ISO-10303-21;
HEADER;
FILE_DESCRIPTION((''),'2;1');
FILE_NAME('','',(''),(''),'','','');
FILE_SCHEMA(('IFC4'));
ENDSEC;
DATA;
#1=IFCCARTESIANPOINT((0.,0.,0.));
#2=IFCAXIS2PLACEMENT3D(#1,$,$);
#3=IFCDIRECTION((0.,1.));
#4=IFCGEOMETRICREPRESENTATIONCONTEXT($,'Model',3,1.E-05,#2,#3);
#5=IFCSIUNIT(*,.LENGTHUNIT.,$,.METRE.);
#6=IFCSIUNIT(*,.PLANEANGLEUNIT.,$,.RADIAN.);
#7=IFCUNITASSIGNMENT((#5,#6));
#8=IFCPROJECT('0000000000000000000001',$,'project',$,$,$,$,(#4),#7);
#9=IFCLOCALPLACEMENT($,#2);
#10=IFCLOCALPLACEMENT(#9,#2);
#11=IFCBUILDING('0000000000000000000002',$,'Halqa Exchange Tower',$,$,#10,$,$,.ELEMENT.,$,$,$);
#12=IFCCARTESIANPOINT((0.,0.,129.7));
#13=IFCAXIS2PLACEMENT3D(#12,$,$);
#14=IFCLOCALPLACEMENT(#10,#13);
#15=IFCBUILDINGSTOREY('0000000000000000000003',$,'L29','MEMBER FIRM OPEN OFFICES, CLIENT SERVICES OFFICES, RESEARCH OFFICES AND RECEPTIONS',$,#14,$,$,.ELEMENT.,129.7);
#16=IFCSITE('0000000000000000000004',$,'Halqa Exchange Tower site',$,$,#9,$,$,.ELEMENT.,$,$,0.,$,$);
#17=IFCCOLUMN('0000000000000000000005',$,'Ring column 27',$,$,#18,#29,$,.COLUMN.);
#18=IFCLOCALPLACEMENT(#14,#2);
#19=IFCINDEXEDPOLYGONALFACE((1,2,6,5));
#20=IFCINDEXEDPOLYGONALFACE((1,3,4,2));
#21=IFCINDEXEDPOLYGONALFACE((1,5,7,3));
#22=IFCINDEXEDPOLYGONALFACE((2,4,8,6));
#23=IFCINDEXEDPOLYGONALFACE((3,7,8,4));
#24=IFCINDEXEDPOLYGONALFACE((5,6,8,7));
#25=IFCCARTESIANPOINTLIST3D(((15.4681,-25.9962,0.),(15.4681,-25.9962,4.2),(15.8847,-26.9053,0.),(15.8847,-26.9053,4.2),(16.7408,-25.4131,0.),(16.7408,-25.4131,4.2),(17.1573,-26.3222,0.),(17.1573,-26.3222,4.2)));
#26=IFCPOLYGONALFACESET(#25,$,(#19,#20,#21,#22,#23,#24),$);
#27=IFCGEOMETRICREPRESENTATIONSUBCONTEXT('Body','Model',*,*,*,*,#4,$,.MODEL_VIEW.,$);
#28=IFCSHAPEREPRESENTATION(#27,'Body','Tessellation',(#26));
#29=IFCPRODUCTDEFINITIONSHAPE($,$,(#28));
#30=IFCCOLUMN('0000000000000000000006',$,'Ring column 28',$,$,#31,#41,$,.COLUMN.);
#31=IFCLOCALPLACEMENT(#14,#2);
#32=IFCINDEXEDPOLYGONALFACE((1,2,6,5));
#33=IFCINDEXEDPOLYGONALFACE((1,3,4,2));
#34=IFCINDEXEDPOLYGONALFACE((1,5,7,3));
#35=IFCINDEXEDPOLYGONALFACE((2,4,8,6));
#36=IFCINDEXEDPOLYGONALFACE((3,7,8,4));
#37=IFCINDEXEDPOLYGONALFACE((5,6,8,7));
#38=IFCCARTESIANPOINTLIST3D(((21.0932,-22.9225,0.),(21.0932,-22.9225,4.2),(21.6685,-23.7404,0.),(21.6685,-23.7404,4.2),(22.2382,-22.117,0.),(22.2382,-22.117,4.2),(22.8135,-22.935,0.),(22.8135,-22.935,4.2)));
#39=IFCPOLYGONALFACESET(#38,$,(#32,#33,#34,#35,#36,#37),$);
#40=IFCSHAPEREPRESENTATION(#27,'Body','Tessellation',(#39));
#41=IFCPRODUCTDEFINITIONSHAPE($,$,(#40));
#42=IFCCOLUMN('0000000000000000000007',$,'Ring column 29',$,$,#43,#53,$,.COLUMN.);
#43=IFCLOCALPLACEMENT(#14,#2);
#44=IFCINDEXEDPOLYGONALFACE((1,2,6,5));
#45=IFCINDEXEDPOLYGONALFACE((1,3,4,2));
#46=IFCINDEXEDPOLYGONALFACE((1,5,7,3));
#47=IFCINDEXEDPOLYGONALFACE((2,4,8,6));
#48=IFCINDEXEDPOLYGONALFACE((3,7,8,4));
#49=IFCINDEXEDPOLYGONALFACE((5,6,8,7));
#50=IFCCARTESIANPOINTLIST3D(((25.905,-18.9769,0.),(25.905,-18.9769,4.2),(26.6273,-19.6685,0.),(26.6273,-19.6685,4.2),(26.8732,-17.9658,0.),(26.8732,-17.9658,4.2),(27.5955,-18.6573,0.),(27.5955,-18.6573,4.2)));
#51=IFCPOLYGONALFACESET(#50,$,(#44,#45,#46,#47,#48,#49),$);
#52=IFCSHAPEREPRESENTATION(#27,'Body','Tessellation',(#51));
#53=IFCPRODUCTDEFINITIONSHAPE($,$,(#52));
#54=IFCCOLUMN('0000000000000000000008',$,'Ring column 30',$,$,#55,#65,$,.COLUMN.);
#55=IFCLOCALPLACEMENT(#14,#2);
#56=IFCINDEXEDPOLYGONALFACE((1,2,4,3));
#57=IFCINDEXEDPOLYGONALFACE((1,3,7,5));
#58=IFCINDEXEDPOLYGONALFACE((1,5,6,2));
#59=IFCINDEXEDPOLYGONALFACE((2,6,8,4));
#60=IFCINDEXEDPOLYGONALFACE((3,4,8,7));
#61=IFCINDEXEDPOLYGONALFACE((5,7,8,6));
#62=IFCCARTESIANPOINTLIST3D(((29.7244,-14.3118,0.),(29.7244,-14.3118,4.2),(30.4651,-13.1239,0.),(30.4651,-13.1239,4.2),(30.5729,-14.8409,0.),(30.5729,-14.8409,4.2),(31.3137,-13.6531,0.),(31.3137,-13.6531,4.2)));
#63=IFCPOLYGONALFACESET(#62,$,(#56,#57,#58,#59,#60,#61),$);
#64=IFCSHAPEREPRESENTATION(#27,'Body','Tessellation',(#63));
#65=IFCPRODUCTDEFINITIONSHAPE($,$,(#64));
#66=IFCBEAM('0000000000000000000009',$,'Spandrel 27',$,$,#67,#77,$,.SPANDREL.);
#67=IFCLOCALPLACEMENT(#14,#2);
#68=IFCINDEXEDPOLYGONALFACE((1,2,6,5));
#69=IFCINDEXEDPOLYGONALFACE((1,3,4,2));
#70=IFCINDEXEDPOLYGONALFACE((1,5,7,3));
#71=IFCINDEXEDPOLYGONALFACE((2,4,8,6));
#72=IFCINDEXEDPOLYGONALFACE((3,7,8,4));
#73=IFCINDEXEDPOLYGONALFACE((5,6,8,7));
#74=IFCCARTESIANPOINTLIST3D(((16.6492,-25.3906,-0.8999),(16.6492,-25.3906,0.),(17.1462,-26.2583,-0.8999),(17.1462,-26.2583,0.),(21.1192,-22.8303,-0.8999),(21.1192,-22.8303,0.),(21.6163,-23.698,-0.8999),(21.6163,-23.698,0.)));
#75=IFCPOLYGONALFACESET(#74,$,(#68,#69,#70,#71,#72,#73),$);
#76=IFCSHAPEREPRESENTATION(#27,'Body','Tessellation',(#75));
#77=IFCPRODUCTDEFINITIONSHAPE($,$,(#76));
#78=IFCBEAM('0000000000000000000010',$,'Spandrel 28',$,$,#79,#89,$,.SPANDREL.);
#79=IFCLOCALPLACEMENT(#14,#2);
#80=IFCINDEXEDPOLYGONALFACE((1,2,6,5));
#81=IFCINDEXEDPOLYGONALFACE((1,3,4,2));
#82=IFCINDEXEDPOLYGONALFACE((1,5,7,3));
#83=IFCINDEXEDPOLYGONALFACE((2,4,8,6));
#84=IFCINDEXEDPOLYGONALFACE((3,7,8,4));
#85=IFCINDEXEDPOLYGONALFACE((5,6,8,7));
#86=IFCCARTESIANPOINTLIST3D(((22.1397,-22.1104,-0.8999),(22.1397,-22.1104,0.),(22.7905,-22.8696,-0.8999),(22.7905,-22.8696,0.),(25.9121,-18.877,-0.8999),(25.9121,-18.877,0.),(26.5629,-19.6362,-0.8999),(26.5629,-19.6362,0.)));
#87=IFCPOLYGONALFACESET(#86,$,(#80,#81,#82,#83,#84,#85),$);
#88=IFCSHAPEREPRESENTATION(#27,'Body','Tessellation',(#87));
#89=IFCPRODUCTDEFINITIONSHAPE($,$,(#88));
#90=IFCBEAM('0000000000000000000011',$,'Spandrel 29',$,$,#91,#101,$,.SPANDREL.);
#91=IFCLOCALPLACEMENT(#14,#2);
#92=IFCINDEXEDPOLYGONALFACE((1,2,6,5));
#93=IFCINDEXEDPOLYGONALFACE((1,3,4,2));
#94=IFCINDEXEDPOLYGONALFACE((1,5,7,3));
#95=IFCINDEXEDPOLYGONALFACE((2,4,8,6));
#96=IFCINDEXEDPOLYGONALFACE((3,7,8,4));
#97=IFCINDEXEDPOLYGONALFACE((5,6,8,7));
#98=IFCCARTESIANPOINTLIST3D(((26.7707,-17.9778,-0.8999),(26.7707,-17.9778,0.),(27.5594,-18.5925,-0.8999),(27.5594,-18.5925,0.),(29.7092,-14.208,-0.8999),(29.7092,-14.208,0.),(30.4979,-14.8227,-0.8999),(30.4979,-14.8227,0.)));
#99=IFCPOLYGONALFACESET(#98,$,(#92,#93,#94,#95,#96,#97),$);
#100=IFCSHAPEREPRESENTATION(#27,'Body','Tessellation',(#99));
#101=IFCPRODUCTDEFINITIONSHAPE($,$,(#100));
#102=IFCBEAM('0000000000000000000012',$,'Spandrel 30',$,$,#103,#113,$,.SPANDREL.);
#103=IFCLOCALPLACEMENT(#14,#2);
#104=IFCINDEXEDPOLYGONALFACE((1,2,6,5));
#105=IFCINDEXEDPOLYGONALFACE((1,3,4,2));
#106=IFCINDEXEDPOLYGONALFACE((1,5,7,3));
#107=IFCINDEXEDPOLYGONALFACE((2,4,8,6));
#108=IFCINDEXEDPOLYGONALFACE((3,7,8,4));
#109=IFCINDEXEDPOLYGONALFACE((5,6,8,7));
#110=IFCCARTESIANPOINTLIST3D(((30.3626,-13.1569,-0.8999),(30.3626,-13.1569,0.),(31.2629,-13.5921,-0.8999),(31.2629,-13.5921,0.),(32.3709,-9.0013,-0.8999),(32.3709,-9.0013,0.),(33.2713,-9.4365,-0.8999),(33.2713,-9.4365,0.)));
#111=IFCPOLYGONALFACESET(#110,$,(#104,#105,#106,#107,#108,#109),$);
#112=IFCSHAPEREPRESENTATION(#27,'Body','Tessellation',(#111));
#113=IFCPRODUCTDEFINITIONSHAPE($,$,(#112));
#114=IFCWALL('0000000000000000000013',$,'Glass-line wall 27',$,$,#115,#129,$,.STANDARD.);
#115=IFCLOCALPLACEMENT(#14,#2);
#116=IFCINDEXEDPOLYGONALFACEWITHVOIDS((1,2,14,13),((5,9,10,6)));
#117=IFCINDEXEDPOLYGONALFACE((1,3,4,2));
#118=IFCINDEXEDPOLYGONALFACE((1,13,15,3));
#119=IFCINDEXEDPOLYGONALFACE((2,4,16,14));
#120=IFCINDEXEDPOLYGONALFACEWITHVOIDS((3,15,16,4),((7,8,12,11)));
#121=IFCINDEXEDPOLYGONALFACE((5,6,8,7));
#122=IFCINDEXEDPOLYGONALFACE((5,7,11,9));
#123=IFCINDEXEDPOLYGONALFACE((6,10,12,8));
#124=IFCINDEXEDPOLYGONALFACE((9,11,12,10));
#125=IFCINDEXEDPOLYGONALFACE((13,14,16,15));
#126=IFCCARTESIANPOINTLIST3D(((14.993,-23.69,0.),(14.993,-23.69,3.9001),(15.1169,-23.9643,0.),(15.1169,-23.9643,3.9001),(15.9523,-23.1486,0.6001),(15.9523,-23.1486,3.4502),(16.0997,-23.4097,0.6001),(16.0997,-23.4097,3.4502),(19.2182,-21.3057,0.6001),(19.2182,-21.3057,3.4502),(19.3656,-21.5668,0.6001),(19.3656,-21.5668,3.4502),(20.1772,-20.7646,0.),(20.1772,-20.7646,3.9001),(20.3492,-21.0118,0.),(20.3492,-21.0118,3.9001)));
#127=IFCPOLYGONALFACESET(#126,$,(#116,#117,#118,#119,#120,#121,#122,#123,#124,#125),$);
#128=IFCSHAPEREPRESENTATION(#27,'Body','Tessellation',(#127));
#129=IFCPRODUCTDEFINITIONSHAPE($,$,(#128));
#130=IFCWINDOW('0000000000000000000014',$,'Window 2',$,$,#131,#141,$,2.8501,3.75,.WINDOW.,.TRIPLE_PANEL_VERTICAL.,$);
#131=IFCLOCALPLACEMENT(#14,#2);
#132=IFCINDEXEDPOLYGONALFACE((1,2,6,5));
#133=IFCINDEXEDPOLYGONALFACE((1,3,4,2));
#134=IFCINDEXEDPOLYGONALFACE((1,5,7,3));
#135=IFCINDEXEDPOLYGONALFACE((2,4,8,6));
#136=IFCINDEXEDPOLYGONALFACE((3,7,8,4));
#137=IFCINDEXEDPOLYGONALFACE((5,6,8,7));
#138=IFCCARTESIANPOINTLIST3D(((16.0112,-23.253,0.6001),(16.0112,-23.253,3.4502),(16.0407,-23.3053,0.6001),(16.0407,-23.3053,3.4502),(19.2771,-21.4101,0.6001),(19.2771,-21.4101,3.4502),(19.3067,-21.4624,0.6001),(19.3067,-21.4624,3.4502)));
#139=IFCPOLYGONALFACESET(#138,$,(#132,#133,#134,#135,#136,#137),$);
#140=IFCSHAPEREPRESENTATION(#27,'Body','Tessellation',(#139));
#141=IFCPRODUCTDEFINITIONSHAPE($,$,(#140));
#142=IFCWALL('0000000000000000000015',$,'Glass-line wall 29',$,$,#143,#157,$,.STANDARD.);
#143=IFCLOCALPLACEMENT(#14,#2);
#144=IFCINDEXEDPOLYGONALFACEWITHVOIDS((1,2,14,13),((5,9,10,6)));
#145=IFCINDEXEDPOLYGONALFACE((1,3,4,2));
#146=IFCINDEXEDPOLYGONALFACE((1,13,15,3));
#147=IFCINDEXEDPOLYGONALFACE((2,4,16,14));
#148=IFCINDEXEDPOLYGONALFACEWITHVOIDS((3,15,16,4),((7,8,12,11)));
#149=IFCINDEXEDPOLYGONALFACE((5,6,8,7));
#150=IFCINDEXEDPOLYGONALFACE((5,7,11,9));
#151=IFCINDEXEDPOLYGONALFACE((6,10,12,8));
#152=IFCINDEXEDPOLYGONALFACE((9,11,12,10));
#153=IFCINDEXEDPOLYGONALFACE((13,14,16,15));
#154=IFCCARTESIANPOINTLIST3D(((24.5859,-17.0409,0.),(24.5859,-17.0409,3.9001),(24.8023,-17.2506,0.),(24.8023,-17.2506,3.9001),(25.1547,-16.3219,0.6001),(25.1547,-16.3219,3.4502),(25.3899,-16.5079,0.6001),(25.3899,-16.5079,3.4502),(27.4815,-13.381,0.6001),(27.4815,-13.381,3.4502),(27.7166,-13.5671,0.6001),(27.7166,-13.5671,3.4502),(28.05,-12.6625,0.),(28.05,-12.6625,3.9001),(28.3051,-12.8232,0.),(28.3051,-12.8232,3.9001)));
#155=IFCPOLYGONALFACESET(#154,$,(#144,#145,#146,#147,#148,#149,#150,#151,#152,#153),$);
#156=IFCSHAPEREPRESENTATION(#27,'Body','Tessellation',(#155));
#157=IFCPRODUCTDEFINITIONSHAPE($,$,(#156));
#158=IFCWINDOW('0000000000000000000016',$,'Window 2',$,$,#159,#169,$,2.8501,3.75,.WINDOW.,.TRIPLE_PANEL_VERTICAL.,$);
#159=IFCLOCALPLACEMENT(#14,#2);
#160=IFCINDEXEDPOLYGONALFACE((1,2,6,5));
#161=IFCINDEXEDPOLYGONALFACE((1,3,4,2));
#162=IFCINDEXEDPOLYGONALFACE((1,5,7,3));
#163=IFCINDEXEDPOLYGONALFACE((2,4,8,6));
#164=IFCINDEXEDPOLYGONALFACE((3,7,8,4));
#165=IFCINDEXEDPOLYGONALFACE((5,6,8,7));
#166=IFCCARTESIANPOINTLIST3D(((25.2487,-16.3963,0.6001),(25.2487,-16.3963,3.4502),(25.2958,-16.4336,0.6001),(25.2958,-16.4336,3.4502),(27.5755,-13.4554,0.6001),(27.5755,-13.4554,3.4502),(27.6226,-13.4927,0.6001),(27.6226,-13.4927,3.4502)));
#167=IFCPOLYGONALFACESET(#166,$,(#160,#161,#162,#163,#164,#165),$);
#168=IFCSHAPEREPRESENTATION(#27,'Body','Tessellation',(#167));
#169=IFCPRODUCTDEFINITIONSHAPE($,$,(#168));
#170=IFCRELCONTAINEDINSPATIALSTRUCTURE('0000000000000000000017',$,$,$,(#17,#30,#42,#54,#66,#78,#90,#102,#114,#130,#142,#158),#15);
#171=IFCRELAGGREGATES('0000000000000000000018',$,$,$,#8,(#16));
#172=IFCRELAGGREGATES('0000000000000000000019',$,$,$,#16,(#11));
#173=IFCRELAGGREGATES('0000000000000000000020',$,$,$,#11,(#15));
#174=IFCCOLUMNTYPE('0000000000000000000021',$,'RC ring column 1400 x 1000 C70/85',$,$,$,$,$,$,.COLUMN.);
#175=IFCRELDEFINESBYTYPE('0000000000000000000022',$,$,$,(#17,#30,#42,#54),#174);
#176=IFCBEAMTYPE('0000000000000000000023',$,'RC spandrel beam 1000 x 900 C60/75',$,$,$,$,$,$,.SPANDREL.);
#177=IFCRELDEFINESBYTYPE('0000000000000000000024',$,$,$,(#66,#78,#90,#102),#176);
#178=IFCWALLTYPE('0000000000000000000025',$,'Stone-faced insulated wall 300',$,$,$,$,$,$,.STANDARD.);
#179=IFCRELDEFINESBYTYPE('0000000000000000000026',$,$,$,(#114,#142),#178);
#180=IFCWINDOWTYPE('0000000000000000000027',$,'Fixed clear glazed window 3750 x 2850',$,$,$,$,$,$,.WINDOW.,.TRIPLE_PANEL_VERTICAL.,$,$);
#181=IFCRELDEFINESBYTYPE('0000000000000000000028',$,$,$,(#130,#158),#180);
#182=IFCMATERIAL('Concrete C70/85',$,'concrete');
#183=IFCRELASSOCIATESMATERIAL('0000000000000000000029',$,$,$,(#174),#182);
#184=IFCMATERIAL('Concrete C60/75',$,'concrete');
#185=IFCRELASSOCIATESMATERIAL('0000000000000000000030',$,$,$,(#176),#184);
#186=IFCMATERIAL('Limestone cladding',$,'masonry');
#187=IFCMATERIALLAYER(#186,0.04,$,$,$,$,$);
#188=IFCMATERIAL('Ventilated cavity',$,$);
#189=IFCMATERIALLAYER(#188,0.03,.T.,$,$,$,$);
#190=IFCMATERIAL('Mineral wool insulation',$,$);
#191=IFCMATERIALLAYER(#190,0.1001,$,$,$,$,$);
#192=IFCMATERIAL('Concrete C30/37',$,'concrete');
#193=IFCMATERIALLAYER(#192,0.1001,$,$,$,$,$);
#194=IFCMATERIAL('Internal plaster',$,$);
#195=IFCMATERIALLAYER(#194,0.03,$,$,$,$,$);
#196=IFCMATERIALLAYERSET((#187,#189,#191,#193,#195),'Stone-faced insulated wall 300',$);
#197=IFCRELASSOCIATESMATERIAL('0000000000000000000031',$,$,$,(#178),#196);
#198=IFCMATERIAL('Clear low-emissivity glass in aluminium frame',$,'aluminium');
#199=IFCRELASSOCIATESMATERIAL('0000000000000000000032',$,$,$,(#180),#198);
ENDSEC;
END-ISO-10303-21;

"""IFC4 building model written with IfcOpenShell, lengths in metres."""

from ifc_helpers import new_model, si_unit, direction, frame, frame_2d, origin, origin_2d, place, context, subcontext, project, spatial, polyline, rectangle, outline, extrude, material, layer, layer_set, material_profile, profile_set, type_object, element, fill, save


model = new_model("IFC4")

# Units and contexts
model_context = context("Model", 3, precision=1e-05, world=origin(), true_north=direction((0.0, 1.0)))
body_context = subcontext(model_context, "Body", "Model", "MODEL_VIEW")
ifc_project = project(units=[si_unit("LENGTHUNIT", "METRE"), si_unit("PLANEANGLEUNIT", "RADIAN")], contexts=[model_context])

# Site, building, storey
site_placement = place(None, origin())
site = spatial("IfcSite", under=ifc_project, at=site_placement, Name="Halqa Exchange Tower site", CompositionType="ELEMENT", RefElevation=0.0)
building_placement = place(site_placement, origin())
building = spatial("IfcBuilding", under=site, at=building_placement, Name="Halqa Exchange Tower", CompositionType="ELEMENT")
storey_placement = place(building_placement, frame((0.0, 0.0, 129.7)))
storey = spatial("IfcBuildingStorey", under=building, at=storey_placement, Name="L29", Description="MEMBER FIRM OPEN OFFICES, CLIENT SERVICES OFFICES, RESEARCH OFFICES AND RECEPTIONS", CompositionType="ELEMENT", Elevation=129.7)

# Columns
ifc_material_1 = material(Name="Concrete C70/85", Category="concrete")
ifc_material_profile_1 = material_profile(ifc_material_1, rectangle(XDim=1.3999, YDim=1.0, at=origin_2d()), Name="1400 x 1000")
ifc_profile_set_1 = profile_set([ifc_material_profile_1], Name="Concrete C70/85")
column_type = type_object("IfcColumnType", Name="RC ring column 1400 x 1000 C70/85", PredefinedType="COLUMN", material=ifc_profile_set_1)
for number, where, z_axis, x_axis, name in (
    (1, (16.3127, -26.1592, 0.0), (0.0, 0.0, 1.0), (0.909126, 0.41652, 0.0), "Ring column 27"),
    (2, (21.9534, -22.9287, 0.0), (0.0, 0.0, 1.0), (0.81791, 0.575346, 0.0), "Ring column 28"),
    (3, (26.7502, -18.8171, 0.0), (0.0, 0.0, 1.0), (0.691571, 0.722308, 0.0), "Ring column 29"),
    (4, (30.519, -13.9824, 0.0), (0.0, 0.0, 1.0), (0.529138, 0.848536, 0.0), "Ring column 30"),
):
    element("IfcColumn", number, at=place(storey_placement, frame(where, z_axis=z_axis, x_axis=x_axis)), inside=storey, type_object=column_type, Name=name, PredefinedType="COLUMN", context=body_context, shape_type="SweptSolid", body=[
        extrude(rectangle(XDim=1.3999, YDim=1.0, at=origin_2d()), origin(), (0.0, 0.0, 1.0), 4.2),
    ])

# Beams
ifc_material_2 = material(Name="Concrete C60/75", Category="concrete")
ifc_material_profile_2 = material_profile(ifc_material_2, rectangle(XDim=1.0, YDim=0.8999, at=origin_2d()), Name="1000 x 900")
ifc_profile_set_2 = profile_set([ifc_material_profile_2], Name="Concrete C60/75")
beam_type = type_object("IfcBeamType", Name="RC spandrel beam 1000 x 900 C60/75", PredefinedType="SPANDREL", material=ifc_profile_set_2)
beam_1_placement = place(storey_placement, frame((16.8977, -25.8245, -0.45), z_axis=(0.867738, 0.497022, 0.0), x_axis=(-0.497022, 0.867738, 0.0)))
element("IfcBeam", 5, at=beam_1_placement, inside=storey, type_object=beam_type, Name="Spandrel 27", PredefinedType="SPANDREL", context=body_context, shape_type="SweptSolid", body=[
    extrude(rectangle(XDim=1.0, YDim=0.8999, at=origin_2d()), origin(), (0.0, 0.0, 1.0), 5.1514),
])
beam_2_placement = place(storey_placement, frame((22.4651, -22.49, -0.45), z_axis=(0.75927, 0.650775, 0.0), x_axis=(-0.650775, 0.75927, 0.0)))
element("IfcBeam", 6, at=beam_2_placement, inside=storey, type_object=beam_type, Name="Spandrel 28", PredefinedType="SPANDREL", context=body_context, shape_type="SweptSolid", body=[
    extrude(rectangle(XDim=1.0, YDim=0.8999, at=origin_2d()), origin(), (0.0, 0.0, 1.0), 4.9685),
])
beam_3_placement = place(storey_placement, frame((27.165, -18.2852, -0.45), z_axis=(0.614778, 0.7887, 0.0), x_axis=(-0.7887, 0.614778, 0.0)))
element("IfcBeam", 7, at=beam_3_placement, inside=storey, type_object=beam_type, Name="Spandrel 29", PredefinedType="SPANDREL", context=body_context, shape_type="SweptSolid", body=[
    extrude(rectangle(XDim=1.0, YDim=0.8999, at=origin_2d()), origin(), (0.0, 0.0, 1.0), 4.7798),
])
beam_4_placement = place(storey_placement, frame((30.8127, -13.3745, -0.45), z_axis=(0.435134, 0.900366, 0.0), x_axis=(-0.900366, 0.435134, 0.0)))
element("IfcBeam", 8, at=beam_4_placement, inside=storey, type_object=beam_type, Name="Spandrel 30", PredefinedType="SPANDREL", context=body_context, shape_type="SweptSolid", body=[
    extrude(rectangle(XDim=1.0, YDim=0.8999, at=origin_2d()), origin(), (0.0, 0.0, 1.0), 4.6155),
])

# Wall, opening, window
ifc_material_3 = material(Name="Limestone cladding", Category="masonry")
ifc_layer_1 = layer(ifc_material_3, 0.04)
ifc_material_4 = material(Name="Ventilated cavity")
ifc_layer_2 = layer(ifc_material_4, 0.03, ventilated=True)
ifc_material_5 = material(Name="Mineral wool insulation")
ifc_layer_3 = layer(ifc_material_5, 0.1001)
ifc_material_6 = material(Name="Concrete C30/37", Category="concrete")
ifc_layer_4 = layer(ifc_material_6, 0.1001)
ifc_material_7 = material(Name="Internal plaster")
ifc_layer_5 = layer(ifc_material_7, 0.03)
ifc_layer_set_1 = layer_set([ifc_layer_1, ifc_layer_2, ifc_layer_3, ifc_layer_4, ifc_layer_5], Name="Stone-faced insulated wall 300")
wall_type_1 = type_object("IfcWallType", Name="Stone-faced insulated wall 300", PredefinedType="STANDARD", material=ifc_layer_set_1)
wall_1_placement = place(storey_placement, frame((15.0549, -23.8271, 0.0), z_axis=(0.0, 0.0, 1.0), x_axis=(0.870909, 0.491445, 0.0)))
wall_1 = element("IfcWall", 9, at=wall_1_placement, inside=storey, type_object=wall_type_1, Name="Glass-line wall 27", PredefinedType="STANDARD", context=body_context, shape_type="SweptSolid", body=[
    extrude(outline(polyline([(-0.0134, -0.1499), (5.9944, -0.1499), (5.9661, 0.1499), (0.0134, 0.1499), (-0.0134, -0.1499)])), origin(), (0.0, 0.0, 1.0), 3.9001),
])
opening_1_placement = place(wall_1_placement, frame((1.115, 0.0, 0.6001)))
opening_1 = element("IfcOpeningElement", 10, at=opening_1_placement, cuts=wall_1, PredefinedType="OPENING", context=body_context, shape_type="SweptSolid", body=[
    extrude(rectangle(XDim=3.75, YDim=2.8501, at=frame_2d((1.875, 1.425))), frame((0.0, 0.1621, 0.0), z_axis=(0.0, -1.0, 0.0), x_axis=(1.0, 0.0, 0.0)), (0.0, 0.0, 1.0), 0.324),
])
ifc_material_8 = material(Name="Clear low-emissivity glass in aluminium frame", Category="aluminium")
window_type = type_object("IfcWindowType", Name="Fixed clear glazed window 3750 x 2850", PartitioningType="TRIPLE_PANEL_VERTICAL", PredefinedType="WINDOW", material=ifc_material_8)
window_1_placement = place(opening_1_placement, origin())
window_1 = element("IfcWindow", 11, at=window_1_placement, inside=storey, type_object=window_type, Name="Window 2", OverallHeight=2.8501, OverallWidth=3.75, PartitioningType="TRIPLE_PANEL_VERTICAL", PredefinedType="WINDOW", context=body_context, shape_type="SweptSolid", body=[
    extrude(rectangle(XDim=3.75, YDim=2.8501, at=frame_2d((1.875, 1.425))), frame((0.0, 0.03, 0.0), z_axis=(0.0, -1.0, 0.0), x_axis=(1.0, 0.0, 0.0)), (0.0, 0.0, 1.0), 0.0601),
])
fill(opening_1, window_1)

# Wall, opening, window
wall_2_placement = place(storey_placement, frame((24.6941, -17.1458, 0.0), z_axis=(0.0, 0.0, 1.0), x_axis=(0.620465, 0.784234, 0.0)))
wall_2 = element("IfcWall", 12, at=wall_2_placement, inside=storey, type_object=wall_type_1, Name="Glass-line wall 29", PredefinedType="STANDARD", context=body_context, shape_type="SweptSolid", body=[
    extrude(outline(polyline([(-0.0151, -0.1499), (5.6304, -0.1499), (5.5981, 0.1499), (0.0151, 0.1499), (-0.0151, -0.1499)])), origin(), (0.0, 0.0, 1.0), 3.9001),
])
opening_2_placement = place(wall_2_placement, frame((0.9319, 0.0, 0.6001)))
opening_2 = element("IfcOpeningElement", 13, at=opening_2_placement, cuts=wall_2, PredefinedType="OPENING", context=body_context, shape_type="SweptSolid", body=[
    extrude(rectangle(XDim=3.75, YDim=2.8501, at=frame_2d((1.875, 1.425))), frame((0.0, 0.1621, 0.0), z_axis=(0.0, -1.0, 0.0), x_axis=(1.0, 0.0, 0.0)), (0.0, 0.0, 1.0), 0.324),
])
window_2_placement = place(opening_2_placement, origin())
window_2 = element("IfcWindow", 14, at=window_2_placement, inside=storey, type_object=window_type, Name="Window 2", OverallHeight=2.8501, OverallWidth=3.75, PartitioningType="TRIPLE_PANEL_VERTICAL", PredefinedType="WINDOW", context=body_context, shape_type="SweptSolid", body=[
    extrude(rectangle(XDim=3.75, YDim=2.8501, at=frame_2d((1.875, 1.425))), frame((0.0, 0.03, 0.0), z_axis=(0.0, -1.0, 0.0), x_axis=(1.0, 0.0, 0.0)), (0.0, 0.0, 1.0), 0.0601),
])
fill(opening_2, window_2)

save(model, "model.ifc")
